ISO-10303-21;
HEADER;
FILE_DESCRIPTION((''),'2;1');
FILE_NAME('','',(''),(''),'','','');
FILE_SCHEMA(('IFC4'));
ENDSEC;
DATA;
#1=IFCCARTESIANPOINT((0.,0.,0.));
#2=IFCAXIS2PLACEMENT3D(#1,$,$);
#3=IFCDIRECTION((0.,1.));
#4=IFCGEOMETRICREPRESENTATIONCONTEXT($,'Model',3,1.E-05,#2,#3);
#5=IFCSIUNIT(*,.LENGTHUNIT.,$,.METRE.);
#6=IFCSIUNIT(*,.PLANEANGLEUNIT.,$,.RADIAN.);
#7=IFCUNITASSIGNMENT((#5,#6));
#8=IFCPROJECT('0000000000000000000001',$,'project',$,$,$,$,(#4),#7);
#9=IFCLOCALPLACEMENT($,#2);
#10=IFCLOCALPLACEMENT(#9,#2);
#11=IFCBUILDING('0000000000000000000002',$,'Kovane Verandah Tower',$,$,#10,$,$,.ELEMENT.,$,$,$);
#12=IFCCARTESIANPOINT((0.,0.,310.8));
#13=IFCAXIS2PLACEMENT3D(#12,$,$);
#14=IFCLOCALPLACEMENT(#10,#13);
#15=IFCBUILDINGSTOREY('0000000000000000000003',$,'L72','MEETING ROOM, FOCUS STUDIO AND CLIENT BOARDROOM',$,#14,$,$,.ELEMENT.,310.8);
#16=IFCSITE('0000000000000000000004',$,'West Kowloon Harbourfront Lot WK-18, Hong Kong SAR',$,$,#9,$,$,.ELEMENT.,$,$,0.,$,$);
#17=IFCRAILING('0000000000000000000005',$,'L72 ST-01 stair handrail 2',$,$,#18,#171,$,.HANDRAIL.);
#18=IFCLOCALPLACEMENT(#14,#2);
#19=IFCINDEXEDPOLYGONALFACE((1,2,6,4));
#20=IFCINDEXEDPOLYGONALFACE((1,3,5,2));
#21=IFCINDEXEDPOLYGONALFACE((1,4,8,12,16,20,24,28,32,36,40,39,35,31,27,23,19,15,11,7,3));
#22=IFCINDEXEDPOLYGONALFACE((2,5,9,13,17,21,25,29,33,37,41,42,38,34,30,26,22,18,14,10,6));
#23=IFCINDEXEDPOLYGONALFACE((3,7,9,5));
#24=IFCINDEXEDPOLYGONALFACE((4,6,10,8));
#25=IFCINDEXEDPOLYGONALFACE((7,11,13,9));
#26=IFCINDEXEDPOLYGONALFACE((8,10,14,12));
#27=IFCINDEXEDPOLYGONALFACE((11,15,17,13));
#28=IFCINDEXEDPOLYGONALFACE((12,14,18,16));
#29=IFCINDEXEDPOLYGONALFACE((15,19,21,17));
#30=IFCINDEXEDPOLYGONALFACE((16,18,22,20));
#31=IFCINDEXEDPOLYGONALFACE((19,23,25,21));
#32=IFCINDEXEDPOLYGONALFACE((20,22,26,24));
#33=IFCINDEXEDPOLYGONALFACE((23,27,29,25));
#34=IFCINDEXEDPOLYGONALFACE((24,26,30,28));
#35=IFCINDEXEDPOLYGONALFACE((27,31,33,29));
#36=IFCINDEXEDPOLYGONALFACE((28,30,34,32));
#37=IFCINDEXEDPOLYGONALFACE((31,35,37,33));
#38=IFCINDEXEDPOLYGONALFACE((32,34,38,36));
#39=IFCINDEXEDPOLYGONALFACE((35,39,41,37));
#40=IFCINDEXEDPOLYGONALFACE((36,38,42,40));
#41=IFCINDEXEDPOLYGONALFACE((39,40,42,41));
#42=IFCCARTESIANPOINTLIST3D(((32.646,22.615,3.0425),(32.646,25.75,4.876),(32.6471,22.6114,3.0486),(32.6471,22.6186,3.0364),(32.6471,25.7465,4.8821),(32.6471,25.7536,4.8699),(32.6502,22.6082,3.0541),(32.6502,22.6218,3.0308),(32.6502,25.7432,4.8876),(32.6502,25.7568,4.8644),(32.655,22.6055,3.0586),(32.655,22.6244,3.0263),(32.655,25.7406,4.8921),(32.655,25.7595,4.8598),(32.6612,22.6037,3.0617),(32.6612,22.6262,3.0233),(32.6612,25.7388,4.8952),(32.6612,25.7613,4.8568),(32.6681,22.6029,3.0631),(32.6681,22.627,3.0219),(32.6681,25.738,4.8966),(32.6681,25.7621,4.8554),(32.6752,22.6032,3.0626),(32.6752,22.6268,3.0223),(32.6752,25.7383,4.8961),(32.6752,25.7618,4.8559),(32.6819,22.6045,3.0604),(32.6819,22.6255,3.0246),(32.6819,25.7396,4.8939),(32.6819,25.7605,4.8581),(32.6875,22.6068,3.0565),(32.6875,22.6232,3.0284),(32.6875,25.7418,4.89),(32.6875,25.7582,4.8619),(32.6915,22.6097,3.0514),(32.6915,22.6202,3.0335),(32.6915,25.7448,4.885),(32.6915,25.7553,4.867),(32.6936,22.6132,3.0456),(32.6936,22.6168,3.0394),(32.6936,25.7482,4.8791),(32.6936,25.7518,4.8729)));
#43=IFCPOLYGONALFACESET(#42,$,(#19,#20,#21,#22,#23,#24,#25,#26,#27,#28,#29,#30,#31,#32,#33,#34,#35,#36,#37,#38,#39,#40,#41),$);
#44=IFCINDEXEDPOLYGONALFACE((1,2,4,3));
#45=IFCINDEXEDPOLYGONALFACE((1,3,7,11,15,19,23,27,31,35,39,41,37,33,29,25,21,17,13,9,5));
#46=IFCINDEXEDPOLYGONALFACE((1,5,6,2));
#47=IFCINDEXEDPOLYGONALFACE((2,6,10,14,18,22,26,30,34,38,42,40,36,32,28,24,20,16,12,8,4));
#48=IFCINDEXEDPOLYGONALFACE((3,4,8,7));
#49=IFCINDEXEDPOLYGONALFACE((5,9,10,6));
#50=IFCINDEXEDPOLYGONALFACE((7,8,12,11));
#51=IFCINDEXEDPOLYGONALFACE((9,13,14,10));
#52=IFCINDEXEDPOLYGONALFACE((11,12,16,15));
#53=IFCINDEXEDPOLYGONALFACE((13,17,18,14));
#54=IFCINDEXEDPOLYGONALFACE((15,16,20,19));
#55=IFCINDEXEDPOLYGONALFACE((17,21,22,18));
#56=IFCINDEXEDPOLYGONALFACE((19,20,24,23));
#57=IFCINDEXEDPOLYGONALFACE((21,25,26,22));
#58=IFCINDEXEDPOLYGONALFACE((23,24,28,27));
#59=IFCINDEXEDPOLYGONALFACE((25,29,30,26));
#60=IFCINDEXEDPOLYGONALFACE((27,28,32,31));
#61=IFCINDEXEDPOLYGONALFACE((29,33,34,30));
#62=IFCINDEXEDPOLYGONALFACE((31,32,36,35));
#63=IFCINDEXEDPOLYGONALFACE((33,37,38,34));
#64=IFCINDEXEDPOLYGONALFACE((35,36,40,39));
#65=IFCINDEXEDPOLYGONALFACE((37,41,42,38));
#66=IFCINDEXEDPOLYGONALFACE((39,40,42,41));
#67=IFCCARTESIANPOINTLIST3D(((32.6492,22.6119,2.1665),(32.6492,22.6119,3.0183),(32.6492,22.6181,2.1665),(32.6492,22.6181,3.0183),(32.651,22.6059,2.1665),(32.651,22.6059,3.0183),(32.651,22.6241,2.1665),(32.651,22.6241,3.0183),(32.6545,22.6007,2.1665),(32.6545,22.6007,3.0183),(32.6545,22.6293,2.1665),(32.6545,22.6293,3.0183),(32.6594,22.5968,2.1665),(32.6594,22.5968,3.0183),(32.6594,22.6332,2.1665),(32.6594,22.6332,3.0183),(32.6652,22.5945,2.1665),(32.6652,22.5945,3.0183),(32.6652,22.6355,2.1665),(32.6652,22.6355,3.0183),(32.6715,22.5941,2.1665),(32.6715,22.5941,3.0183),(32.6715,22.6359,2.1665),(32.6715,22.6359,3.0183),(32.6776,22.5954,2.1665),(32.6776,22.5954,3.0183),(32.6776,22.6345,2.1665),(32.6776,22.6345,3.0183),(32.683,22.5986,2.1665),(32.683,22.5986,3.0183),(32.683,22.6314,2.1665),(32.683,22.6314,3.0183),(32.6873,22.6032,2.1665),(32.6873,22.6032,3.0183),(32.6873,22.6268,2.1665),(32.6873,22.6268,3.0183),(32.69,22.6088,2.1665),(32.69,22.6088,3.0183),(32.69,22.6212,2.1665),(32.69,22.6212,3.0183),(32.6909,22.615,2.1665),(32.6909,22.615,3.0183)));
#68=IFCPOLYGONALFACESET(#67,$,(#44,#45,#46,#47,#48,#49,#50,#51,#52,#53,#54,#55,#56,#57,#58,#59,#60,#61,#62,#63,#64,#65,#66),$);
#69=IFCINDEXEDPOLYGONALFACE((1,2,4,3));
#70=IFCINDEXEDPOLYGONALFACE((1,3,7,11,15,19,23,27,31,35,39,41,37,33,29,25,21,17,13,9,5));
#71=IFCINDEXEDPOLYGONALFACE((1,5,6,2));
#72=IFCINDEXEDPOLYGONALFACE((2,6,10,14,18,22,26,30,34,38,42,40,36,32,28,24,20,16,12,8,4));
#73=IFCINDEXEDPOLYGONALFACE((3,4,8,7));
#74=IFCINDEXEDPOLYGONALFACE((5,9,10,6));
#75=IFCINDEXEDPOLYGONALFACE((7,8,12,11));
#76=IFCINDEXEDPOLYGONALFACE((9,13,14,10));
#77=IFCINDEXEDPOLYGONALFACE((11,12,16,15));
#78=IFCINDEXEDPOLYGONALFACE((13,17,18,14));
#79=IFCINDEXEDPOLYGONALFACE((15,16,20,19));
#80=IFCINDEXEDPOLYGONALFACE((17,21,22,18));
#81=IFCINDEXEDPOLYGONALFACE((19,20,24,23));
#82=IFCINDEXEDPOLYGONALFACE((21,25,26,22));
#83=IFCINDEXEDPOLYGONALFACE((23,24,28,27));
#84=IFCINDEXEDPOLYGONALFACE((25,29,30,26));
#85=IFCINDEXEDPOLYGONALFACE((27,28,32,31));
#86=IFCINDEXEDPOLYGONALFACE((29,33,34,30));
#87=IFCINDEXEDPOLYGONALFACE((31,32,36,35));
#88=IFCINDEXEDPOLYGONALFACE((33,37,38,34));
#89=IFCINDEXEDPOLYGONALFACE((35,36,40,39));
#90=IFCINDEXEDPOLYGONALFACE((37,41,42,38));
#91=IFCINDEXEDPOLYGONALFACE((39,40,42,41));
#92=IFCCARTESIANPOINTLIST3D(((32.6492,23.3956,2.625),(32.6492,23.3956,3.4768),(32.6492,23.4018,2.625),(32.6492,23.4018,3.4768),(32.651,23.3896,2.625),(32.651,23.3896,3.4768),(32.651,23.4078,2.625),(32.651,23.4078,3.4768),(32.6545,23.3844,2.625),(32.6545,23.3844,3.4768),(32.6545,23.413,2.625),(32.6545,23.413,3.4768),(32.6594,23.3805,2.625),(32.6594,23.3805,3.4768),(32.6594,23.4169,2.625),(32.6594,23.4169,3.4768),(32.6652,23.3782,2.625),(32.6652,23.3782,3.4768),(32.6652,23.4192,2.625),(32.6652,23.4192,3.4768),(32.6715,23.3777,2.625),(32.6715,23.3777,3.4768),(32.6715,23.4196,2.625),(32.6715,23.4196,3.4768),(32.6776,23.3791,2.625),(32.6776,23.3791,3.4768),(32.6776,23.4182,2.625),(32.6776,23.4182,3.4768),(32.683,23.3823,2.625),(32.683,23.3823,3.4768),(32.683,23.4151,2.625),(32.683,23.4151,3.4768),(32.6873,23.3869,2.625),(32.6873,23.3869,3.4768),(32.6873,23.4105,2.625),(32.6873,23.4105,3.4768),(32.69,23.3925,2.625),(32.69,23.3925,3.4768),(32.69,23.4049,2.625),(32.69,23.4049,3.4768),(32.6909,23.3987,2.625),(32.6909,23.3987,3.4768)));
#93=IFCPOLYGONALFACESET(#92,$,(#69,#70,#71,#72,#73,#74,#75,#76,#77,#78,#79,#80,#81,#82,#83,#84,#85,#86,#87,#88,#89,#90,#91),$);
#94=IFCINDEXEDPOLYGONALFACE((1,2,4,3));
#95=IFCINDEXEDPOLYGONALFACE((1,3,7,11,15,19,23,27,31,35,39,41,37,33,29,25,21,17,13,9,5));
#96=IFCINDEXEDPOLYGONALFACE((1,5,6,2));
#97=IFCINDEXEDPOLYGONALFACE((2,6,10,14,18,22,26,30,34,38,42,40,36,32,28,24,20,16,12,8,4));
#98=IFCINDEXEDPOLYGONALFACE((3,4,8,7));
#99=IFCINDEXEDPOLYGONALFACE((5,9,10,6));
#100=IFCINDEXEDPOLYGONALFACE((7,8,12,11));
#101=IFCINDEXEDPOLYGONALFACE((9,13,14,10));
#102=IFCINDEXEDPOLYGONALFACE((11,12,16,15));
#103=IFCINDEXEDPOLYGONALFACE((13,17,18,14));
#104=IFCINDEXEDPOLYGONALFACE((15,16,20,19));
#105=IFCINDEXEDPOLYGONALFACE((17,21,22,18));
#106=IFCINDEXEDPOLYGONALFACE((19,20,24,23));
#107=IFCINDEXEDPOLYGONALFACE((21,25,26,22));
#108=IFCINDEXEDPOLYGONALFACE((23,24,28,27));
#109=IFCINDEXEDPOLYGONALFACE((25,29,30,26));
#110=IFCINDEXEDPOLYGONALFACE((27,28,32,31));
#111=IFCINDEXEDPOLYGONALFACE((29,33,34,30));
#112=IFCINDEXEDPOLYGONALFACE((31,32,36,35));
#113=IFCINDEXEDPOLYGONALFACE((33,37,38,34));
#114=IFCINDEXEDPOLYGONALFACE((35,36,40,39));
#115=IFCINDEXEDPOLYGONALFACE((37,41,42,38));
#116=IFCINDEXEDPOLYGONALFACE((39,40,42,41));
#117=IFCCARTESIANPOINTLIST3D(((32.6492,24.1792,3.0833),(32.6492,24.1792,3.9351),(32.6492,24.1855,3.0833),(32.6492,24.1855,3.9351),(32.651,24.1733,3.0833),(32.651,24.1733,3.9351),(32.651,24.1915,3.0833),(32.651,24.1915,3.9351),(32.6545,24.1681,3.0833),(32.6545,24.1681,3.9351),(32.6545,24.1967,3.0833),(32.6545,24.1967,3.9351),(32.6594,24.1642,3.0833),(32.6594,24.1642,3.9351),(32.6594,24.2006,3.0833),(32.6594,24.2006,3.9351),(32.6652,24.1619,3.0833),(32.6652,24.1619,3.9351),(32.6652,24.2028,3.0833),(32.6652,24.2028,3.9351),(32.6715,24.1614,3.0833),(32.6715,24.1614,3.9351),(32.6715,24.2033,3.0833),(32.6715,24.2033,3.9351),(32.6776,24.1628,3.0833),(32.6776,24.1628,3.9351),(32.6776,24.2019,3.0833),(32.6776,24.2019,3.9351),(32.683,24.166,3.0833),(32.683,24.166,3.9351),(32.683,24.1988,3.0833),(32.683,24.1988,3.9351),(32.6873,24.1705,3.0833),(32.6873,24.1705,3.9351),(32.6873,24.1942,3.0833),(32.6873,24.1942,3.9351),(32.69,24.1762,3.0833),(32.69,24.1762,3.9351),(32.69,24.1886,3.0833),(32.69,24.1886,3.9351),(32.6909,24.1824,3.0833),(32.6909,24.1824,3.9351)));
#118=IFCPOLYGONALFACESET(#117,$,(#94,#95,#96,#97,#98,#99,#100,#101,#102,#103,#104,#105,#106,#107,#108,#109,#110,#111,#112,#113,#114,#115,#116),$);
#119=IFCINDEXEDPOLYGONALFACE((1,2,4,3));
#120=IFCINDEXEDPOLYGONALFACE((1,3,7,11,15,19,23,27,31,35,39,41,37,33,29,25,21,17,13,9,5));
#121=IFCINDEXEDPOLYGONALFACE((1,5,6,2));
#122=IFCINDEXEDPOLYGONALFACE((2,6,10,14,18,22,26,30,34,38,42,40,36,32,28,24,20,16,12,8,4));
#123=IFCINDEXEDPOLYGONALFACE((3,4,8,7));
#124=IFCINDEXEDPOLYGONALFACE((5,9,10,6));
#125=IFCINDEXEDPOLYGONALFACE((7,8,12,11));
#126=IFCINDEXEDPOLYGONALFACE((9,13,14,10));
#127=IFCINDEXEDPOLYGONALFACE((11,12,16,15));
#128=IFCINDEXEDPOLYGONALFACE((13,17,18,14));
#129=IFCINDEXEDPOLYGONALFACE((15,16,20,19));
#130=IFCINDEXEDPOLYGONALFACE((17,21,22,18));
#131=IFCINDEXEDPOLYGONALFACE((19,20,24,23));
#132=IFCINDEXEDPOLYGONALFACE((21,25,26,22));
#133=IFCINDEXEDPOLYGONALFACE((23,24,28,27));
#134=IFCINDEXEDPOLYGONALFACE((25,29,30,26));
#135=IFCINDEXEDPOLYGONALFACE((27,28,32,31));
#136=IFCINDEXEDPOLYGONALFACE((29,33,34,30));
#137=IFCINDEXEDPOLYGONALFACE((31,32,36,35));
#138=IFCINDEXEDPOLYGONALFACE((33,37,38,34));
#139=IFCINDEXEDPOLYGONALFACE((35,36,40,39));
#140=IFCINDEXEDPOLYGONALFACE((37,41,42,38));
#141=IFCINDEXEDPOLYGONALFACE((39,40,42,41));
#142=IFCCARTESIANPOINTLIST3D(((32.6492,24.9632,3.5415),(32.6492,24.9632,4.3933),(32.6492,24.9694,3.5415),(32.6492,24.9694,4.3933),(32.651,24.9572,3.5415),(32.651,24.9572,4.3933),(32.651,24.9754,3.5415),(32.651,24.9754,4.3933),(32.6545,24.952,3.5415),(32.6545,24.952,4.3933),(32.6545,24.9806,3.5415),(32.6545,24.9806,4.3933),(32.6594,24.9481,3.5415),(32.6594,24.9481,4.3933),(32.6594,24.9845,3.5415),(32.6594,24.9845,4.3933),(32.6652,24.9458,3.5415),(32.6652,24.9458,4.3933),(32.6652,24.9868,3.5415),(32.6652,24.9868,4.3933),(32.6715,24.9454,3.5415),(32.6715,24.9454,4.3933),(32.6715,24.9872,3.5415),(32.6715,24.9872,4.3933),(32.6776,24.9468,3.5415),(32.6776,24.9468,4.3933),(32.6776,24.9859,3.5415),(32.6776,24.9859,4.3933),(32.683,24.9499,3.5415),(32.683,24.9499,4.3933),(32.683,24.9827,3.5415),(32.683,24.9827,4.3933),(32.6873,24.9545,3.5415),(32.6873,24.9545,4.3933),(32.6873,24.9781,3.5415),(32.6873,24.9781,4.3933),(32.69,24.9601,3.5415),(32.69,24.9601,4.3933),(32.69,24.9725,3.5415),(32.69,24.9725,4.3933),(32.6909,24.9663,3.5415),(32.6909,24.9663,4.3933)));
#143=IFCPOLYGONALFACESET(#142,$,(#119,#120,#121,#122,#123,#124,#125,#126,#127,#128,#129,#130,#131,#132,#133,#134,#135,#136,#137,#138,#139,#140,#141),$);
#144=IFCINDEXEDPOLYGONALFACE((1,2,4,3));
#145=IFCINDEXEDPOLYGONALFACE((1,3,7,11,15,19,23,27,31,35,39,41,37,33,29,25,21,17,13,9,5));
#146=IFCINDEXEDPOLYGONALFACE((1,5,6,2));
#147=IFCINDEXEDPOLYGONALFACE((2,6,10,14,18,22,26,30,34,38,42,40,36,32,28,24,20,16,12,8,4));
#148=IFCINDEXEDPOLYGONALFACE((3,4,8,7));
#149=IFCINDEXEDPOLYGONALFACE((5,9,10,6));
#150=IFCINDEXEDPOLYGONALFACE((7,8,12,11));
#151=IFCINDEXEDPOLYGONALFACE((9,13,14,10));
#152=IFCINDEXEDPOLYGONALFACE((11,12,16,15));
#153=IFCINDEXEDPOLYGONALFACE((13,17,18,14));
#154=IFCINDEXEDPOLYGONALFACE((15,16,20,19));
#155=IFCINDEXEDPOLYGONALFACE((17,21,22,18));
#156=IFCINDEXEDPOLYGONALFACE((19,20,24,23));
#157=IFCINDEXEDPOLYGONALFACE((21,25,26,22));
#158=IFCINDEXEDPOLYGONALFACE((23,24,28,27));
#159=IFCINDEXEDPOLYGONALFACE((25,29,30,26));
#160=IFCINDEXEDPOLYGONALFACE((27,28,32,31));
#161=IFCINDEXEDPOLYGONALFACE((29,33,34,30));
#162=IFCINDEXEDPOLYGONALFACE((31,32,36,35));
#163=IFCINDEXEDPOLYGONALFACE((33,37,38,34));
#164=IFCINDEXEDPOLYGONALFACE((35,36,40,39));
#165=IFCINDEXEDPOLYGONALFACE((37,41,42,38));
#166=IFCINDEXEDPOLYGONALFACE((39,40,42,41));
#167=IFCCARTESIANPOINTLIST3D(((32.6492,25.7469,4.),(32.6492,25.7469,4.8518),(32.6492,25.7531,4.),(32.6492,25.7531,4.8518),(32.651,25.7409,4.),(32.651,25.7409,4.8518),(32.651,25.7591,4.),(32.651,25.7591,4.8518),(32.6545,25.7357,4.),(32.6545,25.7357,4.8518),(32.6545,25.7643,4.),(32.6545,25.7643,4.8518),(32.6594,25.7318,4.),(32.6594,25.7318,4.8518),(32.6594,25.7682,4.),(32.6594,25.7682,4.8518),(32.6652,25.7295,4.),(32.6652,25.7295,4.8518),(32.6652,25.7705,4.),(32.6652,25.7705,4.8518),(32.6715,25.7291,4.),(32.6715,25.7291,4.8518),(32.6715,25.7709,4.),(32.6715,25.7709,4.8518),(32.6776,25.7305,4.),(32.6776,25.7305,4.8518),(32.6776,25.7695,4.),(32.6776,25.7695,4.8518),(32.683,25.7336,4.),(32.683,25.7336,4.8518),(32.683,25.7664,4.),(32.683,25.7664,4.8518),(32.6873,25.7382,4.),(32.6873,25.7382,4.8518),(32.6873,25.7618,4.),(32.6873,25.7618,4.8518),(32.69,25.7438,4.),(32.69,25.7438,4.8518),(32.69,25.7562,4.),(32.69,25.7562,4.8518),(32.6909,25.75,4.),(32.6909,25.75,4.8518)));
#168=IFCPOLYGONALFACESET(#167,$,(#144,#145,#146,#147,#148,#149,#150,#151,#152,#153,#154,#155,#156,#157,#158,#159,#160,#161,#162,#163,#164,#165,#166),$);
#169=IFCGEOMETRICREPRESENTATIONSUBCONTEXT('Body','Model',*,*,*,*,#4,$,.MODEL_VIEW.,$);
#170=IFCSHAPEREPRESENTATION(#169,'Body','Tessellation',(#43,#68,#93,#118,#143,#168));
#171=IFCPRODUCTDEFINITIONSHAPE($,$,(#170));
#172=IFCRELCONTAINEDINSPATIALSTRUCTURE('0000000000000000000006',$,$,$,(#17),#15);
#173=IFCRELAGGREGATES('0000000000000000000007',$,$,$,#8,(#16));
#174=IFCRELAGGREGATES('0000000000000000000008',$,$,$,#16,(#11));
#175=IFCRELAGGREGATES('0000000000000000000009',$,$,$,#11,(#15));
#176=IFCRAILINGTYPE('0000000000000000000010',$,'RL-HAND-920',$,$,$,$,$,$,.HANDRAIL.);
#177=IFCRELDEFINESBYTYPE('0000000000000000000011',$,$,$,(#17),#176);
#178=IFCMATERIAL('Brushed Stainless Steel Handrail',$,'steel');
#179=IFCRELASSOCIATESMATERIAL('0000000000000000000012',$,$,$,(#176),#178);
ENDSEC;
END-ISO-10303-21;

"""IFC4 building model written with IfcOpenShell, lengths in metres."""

from ifc_helpers import new_model, si_unit, direction, frame, origin, origin_2d, place, context, subcontext, project, spatial, circle, extrude, material, type_object, element, save


model = new_model("IFC4")

# Units and contexts
model_context = context("Model", 3, precision=1e-05, world=origin(), true_north=direction((0.0, 1.0)))
body_context = subcontext(model_context, "Body", "Model", "MODEL_VIEW")
ifc_project = project(units=[si_unit("LENGTHUNIT", "METRE"), si_unit("PLANEANGLEUNIT", "RADIAN")], contexts=[model_context])

# Site, building, storey
site_placement = place(None, origin())
site = spatial("IfcSite", under=ifc_project, at=site_placement, Name="West Kowloon Harbourfront Lot WK-18, Hong Kong SAR", CompositionType="ELEMENT", RefElevation=0.0)
building_placement = place(site_placement, origin())
building = spatial("IfcBuilding", under=site, at=building_placement, Name="Kovane Verandah Tower", CompositionType="ELEMENT")
storey_placement = place(building_placement, frame((0.0, 0.0, 310.8)))
storey = spatial("IfcBuildingStorey", under=building, at=storey_placement, Name="L72", Description="MEETING ROOM, FOCUS STUDIO AND CLIENT BOARDROOM", CompositionType="ELEMENT", Elevation=310.8)

# Railing
ifc_material_1 = material(Name="Brushed Stainless Steel Handrail", Category="steel")
railing_type_1 = type_object("IfcRailingType", Name="RL-HAND-920", PredefinedType="HANDRAIL", material=ifc_material_1)
railing_1_placement = place(storey_placement, frame((32.6699, 22.615, 2.1665)))
element("IfcRailing", 1, at=railing_1_placement, inside=storey, type_object=railing_type_1, Name="L72 ST-01 stair handrail 2", PredefinedType="HANDRAIL", context=body_context, shape_type="SweptSolid", body=[
    extrude(circle(Radius=0.0239, at=origin_2d()), frame((0.0, 0.0, 0.876), z_axis=(0.0, 0.86321, 0.504845), x_axis=(-1.0, 0.0, 0.0)), (0.0, 0.0, 1.0), 3.6318),
    extrude(circle(Radius=0.021, at=origin_2d()), origin(), (0.0, 0.0, 1.0), 0.8518),
    extrude(circle(Radius=0.021, at=origin_2d()), frame((0.0, 0.7837, 0.4585)), (0.0, 0.0, 1.0), 0.8518),
    extrude(circle(Radius=0.021, at=origin_2d()), frame((0.0, 1.5674, 0.9167)), (0.0, 0.0, 1.0), 0.8518),
    extrude(circle(Radius=0.021, at=origin_2d()), frame((0.0, 2.3513, 1.375)), (0.0, 0.0, 1.0), 0.8518),
    extrude(circle(Radius=0.021, at=origin_2d()), frame((0.0, 3.135, 1.8335)), (0.0, 0.0, 1.0), 0.8518),
])

save(model, "model.ifc")
